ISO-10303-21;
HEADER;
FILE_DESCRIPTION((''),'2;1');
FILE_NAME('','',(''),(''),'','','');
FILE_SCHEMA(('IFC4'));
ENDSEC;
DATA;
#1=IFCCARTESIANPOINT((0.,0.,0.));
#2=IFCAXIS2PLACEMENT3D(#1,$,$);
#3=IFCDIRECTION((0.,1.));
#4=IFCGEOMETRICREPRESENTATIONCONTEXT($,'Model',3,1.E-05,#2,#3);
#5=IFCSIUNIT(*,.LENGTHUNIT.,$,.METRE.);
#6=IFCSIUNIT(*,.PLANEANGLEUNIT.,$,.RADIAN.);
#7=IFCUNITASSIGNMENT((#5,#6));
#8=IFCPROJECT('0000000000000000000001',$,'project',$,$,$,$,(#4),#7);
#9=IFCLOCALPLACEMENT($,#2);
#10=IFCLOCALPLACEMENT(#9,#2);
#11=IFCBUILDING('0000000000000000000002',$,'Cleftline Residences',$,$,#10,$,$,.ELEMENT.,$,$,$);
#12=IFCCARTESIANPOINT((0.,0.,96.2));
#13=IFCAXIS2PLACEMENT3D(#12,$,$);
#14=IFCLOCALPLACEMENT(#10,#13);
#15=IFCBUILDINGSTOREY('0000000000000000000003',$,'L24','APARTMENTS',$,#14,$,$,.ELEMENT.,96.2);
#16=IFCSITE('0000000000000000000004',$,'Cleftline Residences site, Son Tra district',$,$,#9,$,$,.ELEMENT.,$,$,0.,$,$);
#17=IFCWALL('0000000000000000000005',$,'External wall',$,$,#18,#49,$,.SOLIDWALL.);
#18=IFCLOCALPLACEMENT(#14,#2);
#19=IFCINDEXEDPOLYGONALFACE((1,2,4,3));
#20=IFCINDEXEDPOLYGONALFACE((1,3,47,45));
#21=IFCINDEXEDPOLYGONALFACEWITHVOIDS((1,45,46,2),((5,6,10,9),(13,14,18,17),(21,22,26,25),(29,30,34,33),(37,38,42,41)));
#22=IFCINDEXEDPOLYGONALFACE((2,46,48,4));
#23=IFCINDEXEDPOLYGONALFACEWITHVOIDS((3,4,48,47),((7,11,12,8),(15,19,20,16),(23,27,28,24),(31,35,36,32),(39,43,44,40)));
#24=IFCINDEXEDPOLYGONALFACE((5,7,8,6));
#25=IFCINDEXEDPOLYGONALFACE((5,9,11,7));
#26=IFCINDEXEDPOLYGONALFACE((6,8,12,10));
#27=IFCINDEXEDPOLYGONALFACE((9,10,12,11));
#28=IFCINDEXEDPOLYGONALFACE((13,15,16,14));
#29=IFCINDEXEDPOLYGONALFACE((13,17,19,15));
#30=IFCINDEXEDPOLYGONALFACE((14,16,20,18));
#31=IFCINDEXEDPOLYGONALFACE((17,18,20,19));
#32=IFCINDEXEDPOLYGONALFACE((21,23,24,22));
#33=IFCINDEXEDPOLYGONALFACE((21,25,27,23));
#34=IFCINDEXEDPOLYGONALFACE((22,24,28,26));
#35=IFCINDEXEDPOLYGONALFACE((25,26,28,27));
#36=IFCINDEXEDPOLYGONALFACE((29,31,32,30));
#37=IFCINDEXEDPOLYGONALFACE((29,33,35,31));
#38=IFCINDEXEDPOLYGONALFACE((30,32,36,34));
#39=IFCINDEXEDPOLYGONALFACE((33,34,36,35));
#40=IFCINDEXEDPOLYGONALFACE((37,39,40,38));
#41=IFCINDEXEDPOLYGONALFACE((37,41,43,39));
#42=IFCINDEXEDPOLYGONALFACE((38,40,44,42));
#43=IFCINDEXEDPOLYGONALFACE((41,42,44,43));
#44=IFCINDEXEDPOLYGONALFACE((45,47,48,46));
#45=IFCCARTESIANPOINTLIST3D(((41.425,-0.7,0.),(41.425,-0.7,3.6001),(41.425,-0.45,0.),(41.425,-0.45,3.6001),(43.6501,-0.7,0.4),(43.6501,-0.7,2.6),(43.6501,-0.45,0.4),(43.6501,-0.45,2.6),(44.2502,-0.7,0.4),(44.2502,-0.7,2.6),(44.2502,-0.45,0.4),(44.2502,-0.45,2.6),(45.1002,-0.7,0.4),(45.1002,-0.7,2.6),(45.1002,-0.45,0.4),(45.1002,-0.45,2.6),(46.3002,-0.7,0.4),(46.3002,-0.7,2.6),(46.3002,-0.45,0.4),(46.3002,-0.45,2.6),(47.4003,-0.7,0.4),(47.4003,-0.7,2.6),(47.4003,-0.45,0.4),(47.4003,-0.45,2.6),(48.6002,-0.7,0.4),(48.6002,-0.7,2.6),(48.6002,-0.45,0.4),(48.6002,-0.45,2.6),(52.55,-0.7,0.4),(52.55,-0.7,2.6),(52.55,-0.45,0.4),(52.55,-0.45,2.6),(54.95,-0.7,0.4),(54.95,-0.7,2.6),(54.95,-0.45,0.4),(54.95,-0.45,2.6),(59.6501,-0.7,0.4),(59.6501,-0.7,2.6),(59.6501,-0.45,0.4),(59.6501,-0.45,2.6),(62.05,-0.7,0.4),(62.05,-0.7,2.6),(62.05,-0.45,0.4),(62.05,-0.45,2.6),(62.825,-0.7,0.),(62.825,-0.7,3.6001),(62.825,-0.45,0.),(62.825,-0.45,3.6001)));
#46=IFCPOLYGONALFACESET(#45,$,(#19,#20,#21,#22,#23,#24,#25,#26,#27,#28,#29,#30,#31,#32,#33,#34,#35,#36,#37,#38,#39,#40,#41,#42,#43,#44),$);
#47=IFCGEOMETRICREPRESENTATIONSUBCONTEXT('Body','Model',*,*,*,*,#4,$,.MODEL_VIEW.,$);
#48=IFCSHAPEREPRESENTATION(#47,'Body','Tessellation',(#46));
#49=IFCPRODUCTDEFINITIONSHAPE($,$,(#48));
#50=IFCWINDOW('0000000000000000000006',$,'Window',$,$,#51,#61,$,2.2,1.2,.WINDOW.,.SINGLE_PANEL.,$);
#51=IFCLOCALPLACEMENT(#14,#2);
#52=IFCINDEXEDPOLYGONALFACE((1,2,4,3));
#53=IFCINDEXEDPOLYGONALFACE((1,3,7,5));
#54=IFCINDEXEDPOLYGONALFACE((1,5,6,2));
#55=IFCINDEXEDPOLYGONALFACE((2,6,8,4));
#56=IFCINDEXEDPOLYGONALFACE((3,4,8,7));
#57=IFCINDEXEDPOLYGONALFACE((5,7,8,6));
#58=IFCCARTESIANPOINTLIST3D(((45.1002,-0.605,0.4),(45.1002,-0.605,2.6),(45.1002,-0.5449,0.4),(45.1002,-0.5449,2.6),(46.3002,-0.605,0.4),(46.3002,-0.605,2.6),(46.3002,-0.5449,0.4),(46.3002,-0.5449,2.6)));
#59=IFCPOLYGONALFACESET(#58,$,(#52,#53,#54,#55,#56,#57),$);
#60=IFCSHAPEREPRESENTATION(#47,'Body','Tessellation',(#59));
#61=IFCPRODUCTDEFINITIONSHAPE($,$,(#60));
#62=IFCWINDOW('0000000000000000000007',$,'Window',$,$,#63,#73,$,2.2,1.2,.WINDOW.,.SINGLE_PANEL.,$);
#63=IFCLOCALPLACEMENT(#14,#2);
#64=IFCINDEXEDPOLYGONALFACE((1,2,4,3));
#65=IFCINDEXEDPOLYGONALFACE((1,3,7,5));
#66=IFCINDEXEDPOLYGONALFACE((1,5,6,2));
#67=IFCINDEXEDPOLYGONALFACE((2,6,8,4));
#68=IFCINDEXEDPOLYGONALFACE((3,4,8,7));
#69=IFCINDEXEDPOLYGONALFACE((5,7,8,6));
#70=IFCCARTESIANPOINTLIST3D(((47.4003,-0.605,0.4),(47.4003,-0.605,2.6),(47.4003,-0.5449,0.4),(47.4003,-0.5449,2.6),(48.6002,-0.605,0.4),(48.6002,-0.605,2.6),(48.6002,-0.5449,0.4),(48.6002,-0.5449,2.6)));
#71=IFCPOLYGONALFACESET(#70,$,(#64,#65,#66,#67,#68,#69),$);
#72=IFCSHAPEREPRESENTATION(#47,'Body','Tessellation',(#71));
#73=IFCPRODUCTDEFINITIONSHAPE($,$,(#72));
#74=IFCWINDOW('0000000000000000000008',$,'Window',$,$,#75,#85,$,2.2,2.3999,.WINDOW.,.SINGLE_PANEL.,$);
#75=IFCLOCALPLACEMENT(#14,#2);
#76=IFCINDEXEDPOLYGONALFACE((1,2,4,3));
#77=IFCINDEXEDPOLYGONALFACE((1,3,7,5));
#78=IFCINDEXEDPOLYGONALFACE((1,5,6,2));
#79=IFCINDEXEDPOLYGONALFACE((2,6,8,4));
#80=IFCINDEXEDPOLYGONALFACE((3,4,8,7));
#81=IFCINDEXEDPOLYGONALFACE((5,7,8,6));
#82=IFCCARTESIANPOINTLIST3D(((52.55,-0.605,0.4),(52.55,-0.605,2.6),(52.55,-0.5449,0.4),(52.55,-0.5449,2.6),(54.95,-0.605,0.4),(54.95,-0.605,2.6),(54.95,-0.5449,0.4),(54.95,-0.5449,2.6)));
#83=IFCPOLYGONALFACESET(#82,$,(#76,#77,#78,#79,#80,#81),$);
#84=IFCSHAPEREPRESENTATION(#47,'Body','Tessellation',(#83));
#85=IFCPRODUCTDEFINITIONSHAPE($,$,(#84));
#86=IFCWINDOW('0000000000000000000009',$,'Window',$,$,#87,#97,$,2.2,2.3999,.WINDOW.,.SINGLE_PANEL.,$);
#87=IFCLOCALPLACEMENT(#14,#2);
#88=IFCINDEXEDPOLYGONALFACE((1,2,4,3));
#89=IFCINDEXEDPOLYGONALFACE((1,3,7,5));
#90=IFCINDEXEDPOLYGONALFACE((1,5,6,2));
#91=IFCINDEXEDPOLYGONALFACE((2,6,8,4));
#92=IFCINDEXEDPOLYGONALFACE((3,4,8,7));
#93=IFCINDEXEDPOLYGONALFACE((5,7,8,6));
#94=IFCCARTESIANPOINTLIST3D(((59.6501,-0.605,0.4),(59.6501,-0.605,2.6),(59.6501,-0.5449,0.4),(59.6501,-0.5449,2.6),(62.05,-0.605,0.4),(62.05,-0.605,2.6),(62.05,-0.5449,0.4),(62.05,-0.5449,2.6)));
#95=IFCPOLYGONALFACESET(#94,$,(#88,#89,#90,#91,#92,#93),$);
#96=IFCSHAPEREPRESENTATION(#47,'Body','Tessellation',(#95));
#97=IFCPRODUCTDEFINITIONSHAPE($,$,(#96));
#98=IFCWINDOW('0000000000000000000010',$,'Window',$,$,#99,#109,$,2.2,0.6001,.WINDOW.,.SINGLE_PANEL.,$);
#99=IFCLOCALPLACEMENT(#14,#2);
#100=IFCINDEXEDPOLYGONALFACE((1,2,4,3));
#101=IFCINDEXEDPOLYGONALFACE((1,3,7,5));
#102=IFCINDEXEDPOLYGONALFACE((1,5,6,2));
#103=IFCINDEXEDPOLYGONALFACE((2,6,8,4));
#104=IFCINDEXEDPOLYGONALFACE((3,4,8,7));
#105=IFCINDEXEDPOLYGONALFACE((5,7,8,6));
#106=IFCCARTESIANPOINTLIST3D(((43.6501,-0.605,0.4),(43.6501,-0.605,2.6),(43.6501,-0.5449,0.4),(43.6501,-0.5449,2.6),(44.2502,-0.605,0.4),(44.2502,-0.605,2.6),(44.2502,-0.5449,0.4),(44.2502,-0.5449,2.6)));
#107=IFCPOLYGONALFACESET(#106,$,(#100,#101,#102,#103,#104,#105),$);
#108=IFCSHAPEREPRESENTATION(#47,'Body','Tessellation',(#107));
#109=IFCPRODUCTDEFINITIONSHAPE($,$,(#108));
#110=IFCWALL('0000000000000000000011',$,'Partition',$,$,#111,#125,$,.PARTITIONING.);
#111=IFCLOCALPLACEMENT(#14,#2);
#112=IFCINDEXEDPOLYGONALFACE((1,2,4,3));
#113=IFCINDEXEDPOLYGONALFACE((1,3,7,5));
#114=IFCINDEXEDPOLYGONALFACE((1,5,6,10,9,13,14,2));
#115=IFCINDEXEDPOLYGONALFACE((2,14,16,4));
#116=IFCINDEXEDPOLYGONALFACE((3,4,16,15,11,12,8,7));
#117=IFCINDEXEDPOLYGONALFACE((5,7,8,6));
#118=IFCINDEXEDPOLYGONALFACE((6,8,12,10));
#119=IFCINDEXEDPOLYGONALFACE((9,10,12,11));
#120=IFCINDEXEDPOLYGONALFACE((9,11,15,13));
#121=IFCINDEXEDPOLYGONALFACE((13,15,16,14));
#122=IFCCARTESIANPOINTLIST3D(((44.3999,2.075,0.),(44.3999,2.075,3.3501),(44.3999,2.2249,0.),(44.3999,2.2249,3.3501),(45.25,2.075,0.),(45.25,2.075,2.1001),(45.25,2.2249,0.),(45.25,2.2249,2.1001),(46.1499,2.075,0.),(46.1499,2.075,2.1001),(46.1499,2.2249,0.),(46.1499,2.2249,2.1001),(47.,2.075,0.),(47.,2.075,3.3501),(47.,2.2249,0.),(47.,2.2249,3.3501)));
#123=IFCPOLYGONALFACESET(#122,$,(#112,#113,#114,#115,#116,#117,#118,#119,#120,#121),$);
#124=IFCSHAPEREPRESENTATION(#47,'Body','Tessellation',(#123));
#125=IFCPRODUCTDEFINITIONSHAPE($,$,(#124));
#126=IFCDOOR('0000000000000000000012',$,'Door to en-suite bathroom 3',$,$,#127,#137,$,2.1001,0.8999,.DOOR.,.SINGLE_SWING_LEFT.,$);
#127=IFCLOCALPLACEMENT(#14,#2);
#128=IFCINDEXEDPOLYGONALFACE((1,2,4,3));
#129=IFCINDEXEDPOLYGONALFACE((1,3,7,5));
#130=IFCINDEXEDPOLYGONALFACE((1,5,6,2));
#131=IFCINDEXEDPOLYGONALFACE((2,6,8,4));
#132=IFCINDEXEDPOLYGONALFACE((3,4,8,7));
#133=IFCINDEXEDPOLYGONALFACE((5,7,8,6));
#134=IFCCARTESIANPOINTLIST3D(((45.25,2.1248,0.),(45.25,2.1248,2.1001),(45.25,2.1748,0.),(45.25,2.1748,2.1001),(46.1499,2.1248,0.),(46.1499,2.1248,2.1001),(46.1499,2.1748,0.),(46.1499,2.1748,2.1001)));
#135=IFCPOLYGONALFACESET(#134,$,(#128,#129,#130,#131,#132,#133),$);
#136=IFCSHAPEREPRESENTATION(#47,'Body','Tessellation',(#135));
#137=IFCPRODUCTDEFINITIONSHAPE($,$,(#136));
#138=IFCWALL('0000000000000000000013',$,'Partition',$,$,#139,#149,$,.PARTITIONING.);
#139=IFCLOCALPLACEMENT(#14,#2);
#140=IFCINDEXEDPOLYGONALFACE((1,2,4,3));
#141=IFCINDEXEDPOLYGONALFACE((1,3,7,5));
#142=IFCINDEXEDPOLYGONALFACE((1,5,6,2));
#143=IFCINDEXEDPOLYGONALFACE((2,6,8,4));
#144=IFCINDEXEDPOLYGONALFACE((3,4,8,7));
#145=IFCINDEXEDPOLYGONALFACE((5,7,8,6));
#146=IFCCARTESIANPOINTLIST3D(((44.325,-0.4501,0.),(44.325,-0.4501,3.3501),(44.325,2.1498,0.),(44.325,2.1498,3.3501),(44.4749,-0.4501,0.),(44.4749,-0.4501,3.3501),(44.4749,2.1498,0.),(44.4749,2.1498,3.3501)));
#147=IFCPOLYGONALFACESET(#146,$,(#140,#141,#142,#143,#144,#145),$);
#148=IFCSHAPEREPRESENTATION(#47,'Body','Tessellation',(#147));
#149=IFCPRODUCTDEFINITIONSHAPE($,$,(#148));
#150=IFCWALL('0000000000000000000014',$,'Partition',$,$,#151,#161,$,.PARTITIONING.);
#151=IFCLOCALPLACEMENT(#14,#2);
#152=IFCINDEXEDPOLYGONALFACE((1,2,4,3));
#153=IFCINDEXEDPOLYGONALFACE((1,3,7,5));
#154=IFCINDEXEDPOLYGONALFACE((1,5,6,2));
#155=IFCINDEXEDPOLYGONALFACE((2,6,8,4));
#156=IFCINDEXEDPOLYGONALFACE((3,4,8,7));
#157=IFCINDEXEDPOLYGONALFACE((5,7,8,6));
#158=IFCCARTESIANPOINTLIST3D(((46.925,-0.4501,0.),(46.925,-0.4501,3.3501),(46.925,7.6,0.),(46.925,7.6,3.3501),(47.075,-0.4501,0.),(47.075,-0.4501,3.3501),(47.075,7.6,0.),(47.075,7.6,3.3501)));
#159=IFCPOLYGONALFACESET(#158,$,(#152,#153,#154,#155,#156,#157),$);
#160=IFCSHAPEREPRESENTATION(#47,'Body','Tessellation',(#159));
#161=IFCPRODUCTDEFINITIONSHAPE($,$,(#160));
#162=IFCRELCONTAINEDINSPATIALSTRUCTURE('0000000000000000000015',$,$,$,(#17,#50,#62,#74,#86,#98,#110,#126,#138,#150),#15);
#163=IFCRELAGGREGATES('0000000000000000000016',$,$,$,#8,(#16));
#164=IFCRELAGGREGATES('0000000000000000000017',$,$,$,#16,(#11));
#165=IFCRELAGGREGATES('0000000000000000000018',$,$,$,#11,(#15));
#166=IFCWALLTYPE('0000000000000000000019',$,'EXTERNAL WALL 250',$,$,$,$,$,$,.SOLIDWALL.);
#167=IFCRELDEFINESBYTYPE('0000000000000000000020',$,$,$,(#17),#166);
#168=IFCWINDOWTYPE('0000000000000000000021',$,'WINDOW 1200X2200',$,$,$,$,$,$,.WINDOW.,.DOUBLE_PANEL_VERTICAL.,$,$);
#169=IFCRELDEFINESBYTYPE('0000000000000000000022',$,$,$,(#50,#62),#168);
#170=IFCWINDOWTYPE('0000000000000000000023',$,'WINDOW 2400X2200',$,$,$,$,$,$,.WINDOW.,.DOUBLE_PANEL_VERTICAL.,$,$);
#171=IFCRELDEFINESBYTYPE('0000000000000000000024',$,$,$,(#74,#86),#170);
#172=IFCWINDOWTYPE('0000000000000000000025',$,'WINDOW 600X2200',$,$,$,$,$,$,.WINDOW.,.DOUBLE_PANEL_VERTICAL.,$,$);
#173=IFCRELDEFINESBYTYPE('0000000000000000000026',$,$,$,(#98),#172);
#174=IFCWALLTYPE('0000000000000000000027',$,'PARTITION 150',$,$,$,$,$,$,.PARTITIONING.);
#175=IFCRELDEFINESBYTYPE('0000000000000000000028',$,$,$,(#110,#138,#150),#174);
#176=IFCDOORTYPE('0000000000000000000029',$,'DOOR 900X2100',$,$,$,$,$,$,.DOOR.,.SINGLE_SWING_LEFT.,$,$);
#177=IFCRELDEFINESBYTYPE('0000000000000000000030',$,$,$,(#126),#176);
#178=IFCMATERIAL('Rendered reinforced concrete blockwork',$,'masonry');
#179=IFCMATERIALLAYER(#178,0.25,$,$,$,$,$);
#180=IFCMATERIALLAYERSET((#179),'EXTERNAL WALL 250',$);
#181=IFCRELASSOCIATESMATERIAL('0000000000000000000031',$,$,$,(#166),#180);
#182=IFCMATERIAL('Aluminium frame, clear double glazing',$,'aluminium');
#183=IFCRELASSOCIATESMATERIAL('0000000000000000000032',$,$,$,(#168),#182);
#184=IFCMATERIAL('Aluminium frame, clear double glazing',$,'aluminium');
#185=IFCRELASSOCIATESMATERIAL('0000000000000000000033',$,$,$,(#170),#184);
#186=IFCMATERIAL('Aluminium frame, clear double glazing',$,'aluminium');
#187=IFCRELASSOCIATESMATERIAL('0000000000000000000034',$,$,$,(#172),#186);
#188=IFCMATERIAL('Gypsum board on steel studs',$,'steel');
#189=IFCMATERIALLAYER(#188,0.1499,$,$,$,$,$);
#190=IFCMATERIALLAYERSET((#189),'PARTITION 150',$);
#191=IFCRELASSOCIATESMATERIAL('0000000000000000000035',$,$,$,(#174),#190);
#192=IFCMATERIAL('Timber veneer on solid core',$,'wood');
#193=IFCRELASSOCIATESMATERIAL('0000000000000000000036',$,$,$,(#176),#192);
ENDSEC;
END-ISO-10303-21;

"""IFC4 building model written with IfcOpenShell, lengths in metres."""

from ifc_helpers import new_model, si_unit, direction, frame, frame_2d, origin, place, context, subcontext, project, spatial, rectangle, extrude, material, layer, layer_set, type_object, element, fill, save


model = new_model("IFC4")

# Units and contexts
model_context = context("Model", 3, precision=1e-05, world=origin(), true_north=direction((0.0, 1.0)))
body_context = subcontext(model_context, "Body", "Model", "MODEL_VIEW")
ifc_project = project(units=[si_unit("LENGTHUNIT", "METRE"), si_unit("PLANEANGLEUNIT", "RADIAN")], contexts=[model_context])

# Site, building, storey
site_placement = place(None, origin())
site = spatial("IfcSite", under=ifc_project, at=site_placement, Name="Cleftline Residences site, Son Tra district", CompositionType="ELEMENT", RefElevation=0.0)
building_placement = place(site_placement, origin())
building = spatial("IfcBuilding", under=site, at=building_placement, Name="Cleftline Residences", CompositionType="ELEMENT")
storey_placement = place(building_placement, frame((0.0, 0.0, 96.2)))
storey = spatial("IfcBuildingStorey", under=building, at=storey_placement, Name="L24", Description="APARTMENTS", CompositionType="ELEMENT", Elevation=96.2)

# Wall, openings, windows
ifc_material_1 = material(Name="Rendered reinforced concrete blockwork", Category="masonry")
ifc_layer_1 = layer(ifc_material_1, 0.25)
ifc_layer_set_1 = layer_set([ifc_layer_1], Name="EXTERNAL WALL 250")
wall_type_1 = type_object("IfcWallType", Name="EXTERNAL WALL 250", PredefinedType="SOLIDWALL", material=ifc_layer_set_1)
wall_1_placement = place(storey_placement, frame((41.425, -0.575, 0.0), z_axis=(0.0, 0.0, 1.0), x_axis=(1.0, 0.0, 0.0)))
wall_1 = element("IfcWall", 1, at=wall_1_placement, inside=storey, type_object=wall_type_1, Name="External wall", PredefinedType="SOLIDWALL", context=body_context, shape_type="SweptSolid", body=[
    extrude(rectangle(XDim=21.3999, YDim=0.25, at=frame_2d((10.7, 0.0))), origin(), (0.0, 0.0, 1.0), 3.6001),
])
opening_1_placement = place(wall_1_placement, frame((2.2251, 0.0, 0.3999)))
opening_1 = element("IfcOpeningElement", 2, at=opening_1_placement, cuts=wall_1, PredefinedType="OPENING", context=body_context, shape_type="SweptSolid", body=[
    extrude(rectangle(XDim=0.6001, YDim=2.2, at=frame_2d((0.3, 1.1001))), frame((0.0, 0.135, 0.0), z_axis=(0.0, -1.0, 0.0), x_axis=(1.0, 0.0, 0.0)), (0.0, 0.0, 1.0), 0.27),
])
opening_2_placement = place(wall_1_placement, frame((3.675, 0.0, 0.3999)))
opening_2 = element("IfcOpeningElement", 3, at=opening_2_placement, cuts=wall_1, PredefinedType="OPENING", context=body_context, shape_type="SweptSolid", body=[
    extrude(rectangle(XDim=1.2, YDim=2.2, at=frame_2d((0.6001, 1.1001))), frame((0.0, 0.135, 0.0), z_axis=(0.0, -1.0, 0.0), x_axis=(1.0, 0.0, 0.0)), (0.0, 0.0, 1.0), 0.27),
])
opening_3_placement = place(wall_1_placement, frame((5.9751, 0.0, 0.3999)))
opening_3 = element("IfcOpeningElement", 4, at=opening_3_placement, cuts=wall_1, PredefinedType="OPENING", context=body_context, shape_type="SweptSolid", body=[
    extrude(rectangle(XDim=1.2, YDim=2.2, at=frame_2d((0.6001, 1.1001))), frame((0.0, 0.135, 0.0), z_axis=(0.0, -1.0, 0.0), x_axis=(1.0, 0.0, 0.0)), (0.0, 0.0, 1.0), 0.27),
])
opening_4_placement = place(wall_1_placement, frame((11.125, 0.0, 0.3999)))
opening_4 = element("IfcOpeningElement", 5, at=opening_4_placement, cuts=wall_1, PredefinedType="OPENING", context=body_context, shape_type="SweptSolid", body=[
    extrude(rectangle(XDim=2.3999, YDim=2.2, at=frame_2d((1.2, 1.1001))), frame((0.0, 0.135, 0.0), z_axis=(0.0, -1.0, 0.0), x_axis=(1.0, 0.0, 0.0)), (0.0, 0.0, 1.0), 0.27),
])
opening_5_placement = place(wall_1_placement, frame((18.2251, 0.0, 0.3999)))
opening_5 = element("IfcOpeningElement", 6, at=opening_5_placement, cuts=wall_1, PredefinedType="OPENING", context=body_context, shape_type="SweptSolid", body=[
    extrude(rectangle(XDim=2.3999, YDim=2.2, at=frame_2d((1.2, 1.1001))), frame((0.0, 0.135, 0.0), z_axis=(0.0, -1.0, 0.0), x_axis=(1.0, 0.0, 0.0)), (0.0, 0.0, 1.0), 0.27),
])
ifc_material_2 = material(Name="Aluminium frame, clear double glazing", Category="aluminium")
window_type_1 = type_object("IfcWindowType", Name="WINDOW 1200X2200", PartitioningType="DOUBLE_PANEL_VERTICAL", PredefinedType="WINDOW", material=ifc_material_2)
window_1_placement = place(opening_2_placement, origin())
window_1 = element("IfcWindow", 7, at=window_1_placement, inside=storey, type_object=window_type_1, Name="Window", OverallHeight=2.2, OverallWidth=1.2, PartitioningType="SINGLE_PANEL", PredefinedType="WINDOW", context=body_context, shape_type="SweptSolid", body=[
    extrude(rectangle(XDim=1.2, YDim=2.2, at=frame_2d((0.6001, 1.1001))), frame((0.0, 0.03, 0.0), z_axis=(0.0, -1.0, 0.0), x_axis=(1.0, 0.0, 0.0)), (0.0, 0.0, 1.0), 0.0601),
])
fill(opening_2, window_1)
window_2_placement = place(opening_3_placement, origin())
window_2 = element("IfcWindow", 8, at=window_2_placement, inside=storey, type_object=window_type_1, Name="Window", OverallHeight=2.2, OverallWidth=1.2, PartitioningType="SINGLE_PANEL", PredefinedType="WINDOW", context=body_context, shape_type="SweptSolid", body=[
    extrude(rectangle(XDim=1.2, YDim=2.2, at=frame_2d((0.6001, 1.1001))), frame((0.0, 0.03, 0.0), z_axis=(0.0, -1.0, 0.0), x_axis=(1.0, 0.0, 0.0)), (0.0, 0.0, 1.0), 0.0601),
])
fill(opening_3, window_2)
ifc_material_3 = material(Name="Aluminium frame, clear double glazing", Category="aluminium")
window_type_2 = type_object("IfcWindowType", Name="WINDOW 2400X2200", PartitioningType="DOUBLE_PANEL_VERTICAL", PredefinedType="WINDOW", material=ifc_material_3)
window_3_placement = place(opening_4_placement, origin())
window_3 = element("IfcWindow", 9, at=window_3_placement, inside=storey, type_object=window_type_2, Name="Window", OverallHeight=2.2, OverallWidth=2.3999, PartitioningType="SINGLE_PANEL", PredefinedType="WINDOW", context=body_context, shape_type="SweptSolid", body=[
    extrude(rectangle(XDim=2.3999, YDim=2.2, at=frame_2d((1.2, 1.1001))), frame((0.0, 0.03, 0.0), z_axis=(0.0, -1.0, 0.0), x_axis=(1.0, 0.0, 0.0)), (0.0, 0.0, 1.0), 0.0601),
])
fill(opening_4, window_3)
window_4_placement = place(opening_5_placement, origin())
window_4 = element("IfcWindow", 10, at=window_4_placement, inside=storey, type_object=window_type_2, Name="Window", OverallHeight=2.2, OverallWidth=2.3999, PartitioningType="SINGLE_PANEL", PredefinedType="WINDOW", context=body_context, shape_type="SweptSolid", body=[
    extrude(rectangle(XDim=2.3999, YDim=2.2, at=frame_2d((1.2, 1.1001))), frame((0.0, 0.03, 0.0), z_axis=(0.0, -1.0, 0.0), x_axis=(1.0, 0.0, 0.0)), (0.0, 0.0, 1.0), 0.0601),
])
fill(opening_5, window_4)
ifc_material_4 = material(Name="Aluminium frame, clear double glazing", Category="aluminium")
window_type_3 = type_object("IfcWindowType", Name="WINDOW 600X2200", PartitioningType="DOUBLE_PANEL_VERTICAL", PredefinedType="WINDOW", material=ifc_material_4)
window_5_placement = place(opening_1_placement, origin())
window_5 = element("IfcWindow", 11, at=window_5_placement, inside=storey, type_object=window_type_3, Name="Window", OverallHeight=2.2, OverallWidth=0.6001, PartitioningType="SINGLE_PANEL", PredefinedType="WINDOW", context=body_context, shape_type="SweptSolid", body=[
    extrude(rectangle(XDim=0.6001, YDim=2.2, at=frame_2d((0.3, 1.1001))), frame((0.0, 0.03, 0.0), z_axis=(0.0, -1.0, 0.0), x_axis=(1.0, 0.0, 0.0)), (0.0, 0.0, 1.0), 0.0601),
])
fill(opening_1, window_5)

# Wall, opening, door
ifc_material_5 = material(Name="Gypsum board on steel studs", Category="steel")
ifc_layer_2 = layer(ifc_material_5, 0.1499)
ifc_layer_set_2 = layer_set([ifc_layer_2], Name="PARTITION 150")
wall_type_2 = type_object("IfcWallType", Name="PARTITION 150", PredefinedType="PARTITIONING", material=ifc_layer_set_2)
wall_2_placement = place(storey_placement, frame((44.3999, 2.1499, 0.0), z_axis=(0.0, 0.0, 1.0), x_axis=(1.0, 0.0, 0.0)))
wall_2 = element("IfcWall", 12, at=wall_2_placement, inside=storey, type_object=wall_type_2, Name="Partition", PredefinedType="PARTITIONING", context=body_context, shape_type="SweptSolid", body=[
    extrude(rectangle(XDim=2.6001, YDim=0.1499, at=frame_2d((1.3, 0.0))), origin(), (0.0, 0.0, 1.0), 3.3501),
])
opening_6_placement = place(wall_2_placement, frame((0.8501, 0.0, 0.0)))
opening_6 = element("IfcOpeningElement", 13, at=opening_6_placement, cuts=wall_2, PredefinedType="OPENING", context=body_context, shape_type="SweptSolid", body=[
    extrude(rectangle(XDim=0.8999, YDim=2.1001, at=frame_2d((0.45, 1.05))), frame((0.0, 0.085, 0.0), z_axis=(0.0, -1.0, 0.0), x_axis=(1.0, 0.0, 0.0)), (0.0, 0.0, 1.0), 0.1699),
])
ifc_material_6 = material(Name="Timber veneer on solid core", Category="wood")
door_type = type_object("IfcDoorType", Name="DOOR 900X2100", OperationType="SINGLE_SWING_LEFT", PredefinedType="DOOR", material=ifc_material_6)
door_placement = place(opening_6_placement, origin())
door = element("IfcDoor", 14, at=door_placement, inside=storey, type_object=door_type, Name="Door to en-suite bathroom 3", OperationType="SINGLE_SWING_LEFT", OverallHeight=2.1001, OverallWidth=0.8999, PredefinedType="DOOR", context=body_context, shape_type="SweptSolid", body=[
    extrude(rectangle(XDim=0.8999, YDim=2.1001, at=frame_2d((0.45, 1.05))), frame((0.0, 0.0249, 0.0), z_axis=(0.0, -1.0, 0.0), x_axis=(1.0, 0.0, 0.0)), (0.0, 0.0, 1.0), 0.05),
])
fill(opening_6, door)

# Walls
wall_3_placement = place(storey_placement, frame((44.3999, -0.45, 0.0), z_axis=(0.0, 0.0, 1.0), x_axis=(0.0, 1.0, 0.0)))
element("IfcWall", 15, at=wall_3_placement, inside=storey, type_object=wall_type_2, Name="Partition", PredefinedType="PARTITIONING", context=body_context, shape_type="SweptSolid", body=[
    extrude(rectangle(XDim=2.5999, YDim=0.1499, at=frame_2d((1.2998, 0.0))), origin(), (0.0, 0.0, 1.0), 3.3501),
])
wall_4_placement = place(storey_placement, frame((47.0, -0.45, 0.0), z_axis=(0.0, 0.0, 1.0), x_axis=(0.0, 1.0, 0.0)))
element("IfcWall", 16, at=wall_4_placement, inside=storey, type_object=wall_type_2, Name="Partition", PredefinedType="PARTITIONING", context=body_context, shape_type="SweptSolid", body=[
    extrude(rectangle(XDim=8.05, YDim=0.1499, at=frame_2d((4.0249, 0.0))), origin(), (0.0, 0.0, 1.0), 3.3501),
])

save(model, "model.ifc")
